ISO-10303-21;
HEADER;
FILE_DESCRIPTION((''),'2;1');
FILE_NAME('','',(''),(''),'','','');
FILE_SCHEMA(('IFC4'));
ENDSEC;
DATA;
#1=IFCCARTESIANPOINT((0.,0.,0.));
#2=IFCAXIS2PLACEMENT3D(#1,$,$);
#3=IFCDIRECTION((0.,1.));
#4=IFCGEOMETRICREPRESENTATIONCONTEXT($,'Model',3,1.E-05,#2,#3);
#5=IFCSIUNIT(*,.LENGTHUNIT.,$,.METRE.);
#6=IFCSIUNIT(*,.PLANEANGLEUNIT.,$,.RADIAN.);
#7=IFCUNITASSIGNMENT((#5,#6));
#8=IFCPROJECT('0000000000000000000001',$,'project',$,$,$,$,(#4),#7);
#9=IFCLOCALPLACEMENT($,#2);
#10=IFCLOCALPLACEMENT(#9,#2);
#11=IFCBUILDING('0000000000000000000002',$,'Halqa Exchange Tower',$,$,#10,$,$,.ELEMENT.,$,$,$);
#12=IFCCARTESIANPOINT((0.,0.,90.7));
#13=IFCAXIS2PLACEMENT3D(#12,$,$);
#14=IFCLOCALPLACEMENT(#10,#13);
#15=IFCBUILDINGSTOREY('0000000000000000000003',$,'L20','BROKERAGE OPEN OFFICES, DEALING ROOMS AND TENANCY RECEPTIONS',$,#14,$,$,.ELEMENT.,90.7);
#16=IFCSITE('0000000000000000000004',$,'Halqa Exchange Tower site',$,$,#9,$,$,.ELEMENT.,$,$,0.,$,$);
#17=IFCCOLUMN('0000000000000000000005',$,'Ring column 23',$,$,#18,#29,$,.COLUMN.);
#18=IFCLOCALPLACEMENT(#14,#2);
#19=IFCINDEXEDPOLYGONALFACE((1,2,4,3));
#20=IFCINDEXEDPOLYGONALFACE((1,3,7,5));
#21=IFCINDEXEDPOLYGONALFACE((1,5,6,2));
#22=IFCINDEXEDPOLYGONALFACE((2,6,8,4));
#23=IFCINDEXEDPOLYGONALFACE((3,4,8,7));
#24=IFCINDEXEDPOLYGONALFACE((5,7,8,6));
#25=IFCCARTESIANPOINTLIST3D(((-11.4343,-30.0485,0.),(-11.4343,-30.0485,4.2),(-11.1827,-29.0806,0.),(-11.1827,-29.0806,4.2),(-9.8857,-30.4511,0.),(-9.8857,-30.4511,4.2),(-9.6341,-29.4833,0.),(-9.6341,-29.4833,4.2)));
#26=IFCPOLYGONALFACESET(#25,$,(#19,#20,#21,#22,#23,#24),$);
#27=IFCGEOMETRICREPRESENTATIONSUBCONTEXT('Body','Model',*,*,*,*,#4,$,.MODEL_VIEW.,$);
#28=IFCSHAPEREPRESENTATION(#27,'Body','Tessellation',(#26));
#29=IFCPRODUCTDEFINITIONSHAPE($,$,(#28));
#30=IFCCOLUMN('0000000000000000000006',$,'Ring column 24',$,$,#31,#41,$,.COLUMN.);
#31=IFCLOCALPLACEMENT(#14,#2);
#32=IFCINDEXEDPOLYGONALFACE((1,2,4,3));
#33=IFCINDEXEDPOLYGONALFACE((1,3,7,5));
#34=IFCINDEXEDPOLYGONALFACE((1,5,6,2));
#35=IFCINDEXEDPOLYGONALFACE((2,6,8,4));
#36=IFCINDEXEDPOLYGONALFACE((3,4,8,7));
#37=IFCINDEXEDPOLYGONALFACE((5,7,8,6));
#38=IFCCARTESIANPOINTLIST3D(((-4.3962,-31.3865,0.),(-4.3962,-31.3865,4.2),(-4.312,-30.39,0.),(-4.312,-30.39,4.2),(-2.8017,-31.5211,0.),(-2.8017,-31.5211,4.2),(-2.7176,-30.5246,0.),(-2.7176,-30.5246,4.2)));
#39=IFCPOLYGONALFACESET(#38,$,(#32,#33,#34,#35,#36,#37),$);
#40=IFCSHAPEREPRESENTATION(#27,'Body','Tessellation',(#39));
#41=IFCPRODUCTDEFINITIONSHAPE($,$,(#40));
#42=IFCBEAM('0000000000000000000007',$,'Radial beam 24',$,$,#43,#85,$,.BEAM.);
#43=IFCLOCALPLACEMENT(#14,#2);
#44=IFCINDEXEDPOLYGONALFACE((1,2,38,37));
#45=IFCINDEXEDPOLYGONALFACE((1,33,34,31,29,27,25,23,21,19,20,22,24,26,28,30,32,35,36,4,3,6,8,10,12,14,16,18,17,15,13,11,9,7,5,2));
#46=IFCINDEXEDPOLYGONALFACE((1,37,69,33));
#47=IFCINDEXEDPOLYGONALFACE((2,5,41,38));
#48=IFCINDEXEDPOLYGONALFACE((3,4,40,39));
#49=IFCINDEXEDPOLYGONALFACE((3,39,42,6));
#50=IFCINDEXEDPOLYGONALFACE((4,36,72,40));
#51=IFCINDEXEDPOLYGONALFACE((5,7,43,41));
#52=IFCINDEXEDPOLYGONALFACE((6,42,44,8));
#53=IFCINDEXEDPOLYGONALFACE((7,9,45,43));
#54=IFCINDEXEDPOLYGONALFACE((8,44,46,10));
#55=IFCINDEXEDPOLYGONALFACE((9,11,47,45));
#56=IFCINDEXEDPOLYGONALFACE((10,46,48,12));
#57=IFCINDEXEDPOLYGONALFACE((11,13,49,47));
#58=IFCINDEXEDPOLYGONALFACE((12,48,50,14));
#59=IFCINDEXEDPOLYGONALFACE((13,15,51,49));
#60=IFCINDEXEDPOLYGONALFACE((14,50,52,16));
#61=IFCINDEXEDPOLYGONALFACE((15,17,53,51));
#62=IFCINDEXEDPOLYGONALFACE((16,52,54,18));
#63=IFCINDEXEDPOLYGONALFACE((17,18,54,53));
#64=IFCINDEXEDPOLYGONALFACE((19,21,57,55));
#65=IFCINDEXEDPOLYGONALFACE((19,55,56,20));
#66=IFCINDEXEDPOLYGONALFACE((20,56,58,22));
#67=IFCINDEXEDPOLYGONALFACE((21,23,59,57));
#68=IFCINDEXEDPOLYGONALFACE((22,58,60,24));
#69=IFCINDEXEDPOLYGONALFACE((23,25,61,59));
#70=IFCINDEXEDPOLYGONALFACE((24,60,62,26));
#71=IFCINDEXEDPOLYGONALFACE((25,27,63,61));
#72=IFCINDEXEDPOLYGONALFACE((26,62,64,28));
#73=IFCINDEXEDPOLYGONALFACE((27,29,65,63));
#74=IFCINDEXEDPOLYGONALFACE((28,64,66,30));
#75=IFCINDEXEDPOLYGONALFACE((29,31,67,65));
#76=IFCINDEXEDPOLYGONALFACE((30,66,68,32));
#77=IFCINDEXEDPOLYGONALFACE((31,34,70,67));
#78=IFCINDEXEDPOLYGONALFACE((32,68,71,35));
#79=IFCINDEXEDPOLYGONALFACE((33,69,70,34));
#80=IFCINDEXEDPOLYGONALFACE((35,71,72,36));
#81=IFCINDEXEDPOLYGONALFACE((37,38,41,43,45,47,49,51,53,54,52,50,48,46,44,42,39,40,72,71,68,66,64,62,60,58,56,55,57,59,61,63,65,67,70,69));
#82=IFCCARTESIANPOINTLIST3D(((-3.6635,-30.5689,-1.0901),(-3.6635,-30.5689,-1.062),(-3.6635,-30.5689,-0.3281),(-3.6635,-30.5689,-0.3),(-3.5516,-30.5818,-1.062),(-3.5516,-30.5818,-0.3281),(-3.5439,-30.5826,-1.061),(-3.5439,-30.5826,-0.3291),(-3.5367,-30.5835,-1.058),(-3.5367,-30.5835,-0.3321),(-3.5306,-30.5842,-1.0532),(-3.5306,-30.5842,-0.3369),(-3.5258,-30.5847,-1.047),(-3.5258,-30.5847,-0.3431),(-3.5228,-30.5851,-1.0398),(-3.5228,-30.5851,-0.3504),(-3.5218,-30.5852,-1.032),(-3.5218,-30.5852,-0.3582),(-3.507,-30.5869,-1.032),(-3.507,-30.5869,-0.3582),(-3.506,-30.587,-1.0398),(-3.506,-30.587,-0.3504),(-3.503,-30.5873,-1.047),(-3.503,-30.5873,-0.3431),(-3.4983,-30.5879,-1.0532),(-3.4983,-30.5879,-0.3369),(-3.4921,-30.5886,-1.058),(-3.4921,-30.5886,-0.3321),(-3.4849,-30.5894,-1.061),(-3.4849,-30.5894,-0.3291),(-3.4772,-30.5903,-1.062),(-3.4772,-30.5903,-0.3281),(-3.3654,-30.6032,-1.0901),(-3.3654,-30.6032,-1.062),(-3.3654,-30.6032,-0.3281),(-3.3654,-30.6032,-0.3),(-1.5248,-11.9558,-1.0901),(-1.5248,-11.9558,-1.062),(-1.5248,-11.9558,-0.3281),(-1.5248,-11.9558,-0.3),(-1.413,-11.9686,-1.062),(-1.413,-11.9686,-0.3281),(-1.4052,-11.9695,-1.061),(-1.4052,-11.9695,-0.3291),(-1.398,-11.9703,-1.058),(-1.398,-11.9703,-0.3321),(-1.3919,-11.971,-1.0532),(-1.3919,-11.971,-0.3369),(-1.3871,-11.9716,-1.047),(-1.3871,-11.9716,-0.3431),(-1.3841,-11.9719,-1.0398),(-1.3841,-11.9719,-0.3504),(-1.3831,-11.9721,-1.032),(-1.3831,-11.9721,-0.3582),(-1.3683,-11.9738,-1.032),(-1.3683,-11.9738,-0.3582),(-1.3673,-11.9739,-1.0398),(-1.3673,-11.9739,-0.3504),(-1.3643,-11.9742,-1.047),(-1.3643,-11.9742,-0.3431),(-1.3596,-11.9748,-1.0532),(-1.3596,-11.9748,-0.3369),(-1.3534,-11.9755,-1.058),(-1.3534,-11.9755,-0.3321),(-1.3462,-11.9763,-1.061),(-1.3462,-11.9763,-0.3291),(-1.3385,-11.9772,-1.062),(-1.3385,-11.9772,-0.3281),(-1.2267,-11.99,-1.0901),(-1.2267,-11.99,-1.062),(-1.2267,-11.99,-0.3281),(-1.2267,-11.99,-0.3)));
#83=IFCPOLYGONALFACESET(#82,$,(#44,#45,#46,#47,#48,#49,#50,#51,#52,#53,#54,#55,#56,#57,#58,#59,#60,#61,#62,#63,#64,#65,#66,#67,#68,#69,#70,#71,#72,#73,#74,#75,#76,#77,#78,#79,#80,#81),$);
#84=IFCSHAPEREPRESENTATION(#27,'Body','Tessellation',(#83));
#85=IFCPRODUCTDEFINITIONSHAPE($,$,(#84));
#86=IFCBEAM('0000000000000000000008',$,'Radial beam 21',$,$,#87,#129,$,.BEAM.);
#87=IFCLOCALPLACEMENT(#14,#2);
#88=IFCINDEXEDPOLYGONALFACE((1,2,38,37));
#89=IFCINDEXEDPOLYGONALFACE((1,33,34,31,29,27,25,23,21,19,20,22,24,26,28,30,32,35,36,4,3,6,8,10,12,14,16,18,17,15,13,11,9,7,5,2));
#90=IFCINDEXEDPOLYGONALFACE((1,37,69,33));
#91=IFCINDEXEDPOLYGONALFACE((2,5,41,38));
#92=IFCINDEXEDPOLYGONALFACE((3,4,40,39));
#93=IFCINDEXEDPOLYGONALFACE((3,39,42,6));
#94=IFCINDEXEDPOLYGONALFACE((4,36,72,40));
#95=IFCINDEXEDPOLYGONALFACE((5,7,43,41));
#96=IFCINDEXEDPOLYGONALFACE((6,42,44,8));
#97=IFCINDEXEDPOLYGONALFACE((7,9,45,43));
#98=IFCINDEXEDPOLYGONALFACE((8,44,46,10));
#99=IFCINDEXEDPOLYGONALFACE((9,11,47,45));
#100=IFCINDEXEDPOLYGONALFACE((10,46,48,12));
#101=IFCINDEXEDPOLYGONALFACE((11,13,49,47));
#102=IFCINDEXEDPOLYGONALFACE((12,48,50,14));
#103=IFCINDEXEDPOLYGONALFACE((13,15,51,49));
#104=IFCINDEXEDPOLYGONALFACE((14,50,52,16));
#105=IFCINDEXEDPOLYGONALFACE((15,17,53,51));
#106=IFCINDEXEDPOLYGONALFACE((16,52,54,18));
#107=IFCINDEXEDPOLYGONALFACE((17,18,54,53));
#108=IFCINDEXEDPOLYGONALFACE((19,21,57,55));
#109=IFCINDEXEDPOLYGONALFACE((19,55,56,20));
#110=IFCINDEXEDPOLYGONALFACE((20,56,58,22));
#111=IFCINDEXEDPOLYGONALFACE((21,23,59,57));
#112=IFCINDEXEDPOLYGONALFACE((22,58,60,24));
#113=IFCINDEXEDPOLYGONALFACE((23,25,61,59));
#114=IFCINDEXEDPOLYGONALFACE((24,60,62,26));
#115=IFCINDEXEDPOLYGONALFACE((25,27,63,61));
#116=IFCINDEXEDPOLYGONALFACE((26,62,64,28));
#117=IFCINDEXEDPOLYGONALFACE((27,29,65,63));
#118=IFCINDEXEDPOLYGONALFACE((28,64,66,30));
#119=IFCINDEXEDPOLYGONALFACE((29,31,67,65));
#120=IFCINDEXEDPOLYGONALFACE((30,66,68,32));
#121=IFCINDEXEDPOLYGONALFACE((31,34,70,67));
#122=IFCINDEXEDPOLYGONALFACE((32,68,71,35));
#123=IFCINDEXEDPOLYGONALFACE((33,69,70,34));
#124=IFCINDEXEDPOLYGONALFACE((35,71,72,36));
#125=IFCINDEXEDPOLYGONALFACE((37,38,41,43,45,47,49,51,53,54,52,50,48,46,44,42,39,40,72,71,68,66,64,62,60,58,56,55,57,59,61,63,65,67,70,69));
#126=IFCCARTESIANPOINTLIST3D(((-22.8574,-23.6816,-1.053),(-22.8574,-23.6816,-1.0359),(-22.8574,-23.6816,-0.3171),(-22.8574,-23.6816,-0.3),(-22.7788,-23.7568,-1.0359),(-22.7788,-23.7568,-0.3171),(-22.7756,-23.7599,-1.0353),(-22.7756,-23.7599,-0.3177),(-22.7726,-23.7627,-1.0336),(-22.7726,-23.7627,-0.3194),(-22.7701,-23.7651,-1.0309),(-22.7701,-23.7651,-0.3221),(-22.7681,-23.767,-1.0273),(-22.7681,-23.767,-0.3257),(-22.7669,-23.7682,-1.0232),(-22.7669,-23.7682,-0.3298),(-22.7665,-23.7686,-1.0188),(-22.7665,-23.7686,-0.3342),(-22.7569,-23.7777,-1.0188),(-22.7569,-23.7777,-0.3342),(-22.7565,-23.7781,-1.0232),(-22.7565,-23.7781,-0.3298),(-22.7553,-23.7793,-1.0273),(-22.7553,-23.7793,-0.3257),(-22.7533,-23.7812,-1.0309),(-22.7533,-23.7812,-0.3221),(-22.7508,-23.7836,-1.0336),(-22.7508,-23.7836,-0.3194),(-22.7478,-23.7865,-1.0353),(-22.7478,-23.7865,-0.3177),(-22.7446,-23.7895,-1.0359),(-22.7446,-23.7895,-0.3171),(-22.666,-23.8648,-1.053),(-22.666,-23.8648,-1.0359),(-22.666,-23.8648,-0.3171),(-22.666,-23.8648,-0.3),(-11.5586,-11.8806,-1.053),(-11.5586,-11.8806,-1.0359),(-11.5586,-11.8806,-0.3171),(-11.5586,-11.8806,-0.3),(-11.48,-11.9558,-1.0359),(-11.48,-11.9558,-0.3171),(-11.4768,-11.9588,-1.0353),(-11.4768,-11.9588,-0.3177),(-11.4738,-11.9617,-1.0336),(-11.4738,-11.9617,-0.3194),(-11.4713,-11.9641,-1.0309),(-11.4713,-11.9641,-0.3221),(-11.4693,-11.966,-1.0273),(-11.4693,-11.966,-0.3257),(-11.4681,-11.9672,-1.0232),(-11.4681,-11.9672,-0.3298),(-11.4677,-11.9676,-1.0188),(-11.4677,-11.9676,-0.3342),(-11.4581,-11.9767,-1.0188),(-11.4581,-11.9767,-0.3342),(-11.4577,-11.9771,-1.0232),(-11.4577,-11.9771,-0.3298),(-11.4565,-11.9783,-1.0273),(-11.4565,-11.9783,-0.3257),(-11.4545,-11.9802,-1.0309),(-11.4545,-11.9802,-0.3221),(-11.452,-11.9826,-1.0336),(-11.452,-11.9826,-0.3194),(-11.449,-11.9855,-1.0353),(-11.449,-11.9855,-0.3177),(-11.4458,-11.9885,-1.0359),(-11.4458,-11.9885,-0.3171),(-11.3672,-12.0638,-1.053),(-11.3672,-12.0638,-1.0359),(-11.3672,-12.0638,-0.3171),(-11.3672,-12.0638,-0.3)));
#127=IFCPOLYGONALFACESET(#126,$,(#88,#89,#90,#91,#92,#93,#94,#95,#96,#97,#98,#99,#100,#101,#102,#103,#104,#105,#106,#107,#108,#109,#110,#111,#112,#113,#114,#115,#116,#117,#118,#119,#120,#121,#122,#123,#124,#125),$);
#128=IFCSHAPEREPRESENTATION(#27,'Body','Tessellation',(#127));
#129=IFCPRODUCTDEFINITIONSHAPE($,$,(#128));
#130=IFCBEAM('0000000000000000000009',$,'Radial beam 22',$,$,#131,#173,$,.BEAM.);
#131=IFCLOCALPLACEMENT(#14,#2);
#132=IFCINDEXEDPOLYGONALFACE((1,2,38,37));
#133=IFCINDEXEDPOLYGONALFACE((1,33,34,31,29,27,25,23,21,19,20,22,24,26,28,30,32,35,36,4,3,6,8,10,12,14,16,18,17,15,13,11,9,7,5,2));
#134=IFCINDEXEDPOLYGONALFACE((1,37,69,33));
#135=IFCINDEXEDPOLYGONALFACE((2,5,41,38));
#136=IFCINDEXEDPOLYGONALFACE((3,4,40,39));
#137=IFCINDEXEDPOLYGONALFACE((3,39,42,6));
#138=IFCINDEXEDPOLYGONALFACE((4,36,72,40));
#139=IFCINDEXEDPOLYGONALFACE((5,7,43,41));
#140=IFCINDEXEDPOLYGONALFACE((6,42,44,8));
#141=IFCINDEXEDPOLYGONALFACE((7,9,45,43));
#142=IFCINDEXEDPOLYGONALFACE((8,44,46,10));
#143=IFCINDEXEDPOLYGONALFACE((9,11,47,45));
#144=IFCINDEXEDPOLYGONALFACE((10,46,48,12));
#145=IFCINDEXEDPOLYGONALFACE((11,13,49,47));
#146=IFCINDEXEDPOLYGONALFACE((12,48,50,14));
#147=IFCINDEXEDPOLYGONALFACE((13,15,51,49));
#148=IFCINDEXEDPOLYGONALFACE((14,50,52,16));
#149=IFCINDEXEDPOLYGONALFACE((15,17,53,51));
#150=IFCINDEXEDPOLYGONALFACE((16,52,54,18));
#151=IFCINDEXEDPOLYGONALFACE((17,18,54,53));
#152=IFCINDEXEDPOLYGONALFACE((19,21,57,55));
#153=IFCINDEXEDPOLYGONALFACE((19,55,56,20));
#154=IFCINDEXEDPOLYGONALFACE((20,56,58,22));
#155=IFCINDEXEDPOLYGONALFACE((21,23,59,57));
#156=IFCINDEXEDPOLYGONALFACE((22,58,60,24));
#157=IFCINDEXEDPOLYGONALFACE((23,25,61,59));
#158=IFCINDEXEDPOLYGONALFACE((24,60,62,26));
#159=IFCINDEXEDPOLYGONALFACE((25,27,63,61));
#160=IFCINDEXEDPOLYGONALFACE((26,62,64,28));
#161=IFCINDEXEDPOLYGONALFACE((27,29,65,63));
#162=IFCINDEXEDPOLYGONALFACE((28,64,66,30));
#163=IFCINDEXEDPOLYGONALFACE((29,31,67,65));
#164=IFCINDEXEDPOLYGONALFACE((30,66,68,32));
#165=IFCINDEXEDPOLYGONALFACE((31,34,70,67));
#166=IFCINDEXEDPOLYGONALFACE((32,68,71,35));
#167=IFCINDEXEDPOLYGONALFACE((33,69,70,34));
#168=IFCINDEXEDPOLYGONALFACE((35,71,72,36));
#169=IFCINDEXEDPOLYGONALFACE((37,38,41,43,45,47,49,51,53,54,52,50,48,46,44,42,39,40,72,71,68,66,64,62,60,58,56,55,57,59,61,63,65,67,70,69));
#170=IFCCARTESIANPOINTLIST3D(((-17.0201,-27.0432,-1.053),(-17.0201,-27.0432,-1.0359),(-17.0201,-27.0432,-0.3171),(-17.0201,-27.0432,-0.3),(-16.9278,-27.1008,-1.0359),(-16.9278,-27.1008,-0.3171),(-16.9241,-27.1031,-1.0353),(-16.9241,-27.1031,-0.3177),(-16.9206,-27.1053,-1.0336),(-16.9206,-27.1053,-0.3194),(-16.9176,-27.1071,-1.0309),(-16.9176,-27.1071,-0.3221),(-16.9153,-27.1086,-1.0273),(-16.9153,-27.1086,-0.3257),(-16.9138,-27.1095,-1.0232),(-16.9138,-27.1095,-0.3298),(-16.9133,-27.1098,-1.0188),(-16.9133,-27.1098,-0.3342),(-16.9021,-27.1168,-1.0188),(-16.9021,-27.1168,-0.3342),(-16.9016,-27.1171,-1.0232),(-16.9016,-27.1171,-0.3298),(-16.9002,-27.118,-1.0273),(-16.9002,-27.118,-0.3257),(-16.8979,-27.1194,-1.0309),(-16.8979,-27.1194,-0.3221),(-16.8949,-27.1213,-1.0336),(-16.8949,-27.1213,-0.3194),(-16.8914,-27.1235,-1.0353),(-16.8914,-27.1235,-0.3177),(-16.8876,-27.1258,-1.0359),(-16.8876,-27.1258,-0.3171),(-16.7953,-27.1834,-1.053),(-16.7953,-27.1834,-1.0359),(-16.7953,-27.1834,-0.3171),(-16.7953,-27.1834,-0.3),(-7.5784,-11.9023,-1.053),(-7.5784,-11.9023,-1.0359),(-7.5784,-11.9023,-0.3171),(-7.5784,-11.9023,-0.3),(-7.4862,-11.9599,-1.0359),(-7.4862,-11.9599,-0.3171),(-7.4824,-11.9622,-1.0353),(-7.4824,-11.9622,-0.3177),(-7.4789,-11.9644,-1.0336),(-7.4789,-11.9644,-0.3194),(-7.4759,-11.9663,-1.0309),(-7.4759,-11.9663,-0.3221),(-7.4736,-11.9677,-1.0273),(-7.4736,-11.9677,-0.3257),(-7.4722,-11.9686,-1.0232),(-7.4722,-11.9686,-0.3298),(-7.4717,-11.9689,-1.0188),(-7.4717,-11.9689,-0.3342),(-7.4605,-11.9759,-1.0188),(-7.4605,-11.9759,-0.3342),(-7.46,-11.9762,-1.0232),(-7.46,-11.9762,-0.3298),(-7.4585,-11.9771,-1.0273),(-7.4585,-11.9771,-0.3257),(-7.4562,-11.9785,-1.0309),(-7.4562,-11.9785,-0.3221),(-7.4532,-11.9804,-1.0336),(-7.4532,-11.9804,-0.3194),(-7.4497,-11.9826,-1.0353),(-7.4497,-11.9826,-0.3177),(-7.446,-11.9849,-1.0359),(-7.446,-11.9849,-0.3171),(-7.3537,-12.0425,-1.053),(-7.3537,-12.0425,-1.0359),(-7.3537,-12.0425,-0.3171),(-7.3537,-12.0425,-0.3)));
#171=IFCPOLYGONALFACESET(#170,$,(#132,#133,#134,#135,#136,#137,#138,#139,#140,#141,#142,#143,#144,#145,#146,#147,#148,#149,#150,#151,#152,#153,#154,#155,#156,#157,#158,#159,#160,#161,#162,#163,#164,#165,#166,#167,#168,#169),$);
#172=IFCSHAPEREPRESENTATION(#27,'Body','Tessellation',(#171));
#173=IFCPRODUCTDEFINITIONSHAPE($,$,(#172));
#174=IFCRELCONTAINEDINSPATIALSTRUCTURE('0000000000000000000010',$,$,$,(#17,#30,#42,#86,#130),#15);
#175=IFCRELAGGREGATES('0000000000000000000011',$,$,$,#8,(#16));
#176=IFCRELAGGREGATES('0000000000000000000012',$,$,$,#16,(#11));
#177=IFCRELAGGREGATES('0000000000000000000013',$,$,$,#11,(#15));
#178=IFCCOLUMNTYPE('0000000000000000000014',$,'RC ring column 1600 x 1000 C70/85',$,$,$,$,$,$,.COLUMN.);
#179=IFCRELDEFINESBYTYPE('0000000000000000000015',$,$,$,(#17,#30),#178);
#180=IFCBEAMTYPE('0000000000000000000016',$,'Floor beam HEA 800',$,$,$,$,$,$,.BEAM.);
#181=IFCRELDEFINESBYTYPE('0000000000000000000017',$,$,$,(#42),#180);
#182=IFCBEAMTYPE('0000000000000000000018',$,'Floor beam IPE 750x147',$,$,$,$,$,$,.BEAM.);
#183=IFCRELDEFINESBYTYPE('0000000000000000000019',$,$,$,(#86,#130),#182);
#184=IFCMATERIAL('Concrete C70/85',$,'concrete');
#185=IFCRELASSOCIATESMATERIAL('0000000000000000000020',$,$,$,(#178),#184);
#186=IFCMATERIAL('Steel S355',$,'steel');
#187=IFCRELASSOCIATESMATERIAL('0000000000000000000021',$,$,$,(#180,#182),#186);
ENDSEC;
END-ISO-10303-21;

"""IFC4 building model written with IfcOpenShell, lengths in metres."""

from ifc_helpers import new_model, si_unit, direction, frame, origin, origin_2d, place, context, subcontext, project, spatial, rectangle, i_section, extrude, material, material_profile, profile_set, type_object, element, save


model = new_model("IFC4")

# Units and contexts
model_context = context("Model", 3, precision=1e-05, world=origin(), true_north=direction((0.0, 1.0)))
body_context = subcontext(model_context, "Body", "Model", "MODEL_VIEW")
ifc_project = project(units=[si_unit("LENGTHUNIT", "METRE"), si_unit("PLANEANGLEUNIT", "RADIAN")], contexts=[model_context])

# Site, building, storey
site_placement = place(None, origin())
site = spatial("IfcSite", under=ifc_project, at=site_placement, Name="Halqa Exchange Tower site", CompositionType="ELEMENT", RefElevation=0.0)
building_placement = place(site_placement, origin())
building = spatial("IfcBuilding", under=site, at=building_placement, Name="Halqa Exchange Tower", CompositionType="ELEMENT")
storey_placement = place(building_placement, frame((0.0, 0.0, 90.7)))
storey = spatial("IfcBuildingStorey", under=building, at=storey_placement, Name="L20", Description="BROKERAGE OPEN OFFICES, DEALING ROOMS AND TENANCY RECEPTIONS", CompositionType="ELEMENT", Elevation=90.7)

# Columns
ifc_material_1 = material(Name="Concrete C70/85", Category="concrete")
ifc_material_profile_1 = material_profile(ifc_material_1, rectangle(XDim=1.6001, YDim=1.0, at=origin_2d()), Name="1600 x 1000")
ifc_profile_set_1 = profile_set([ifc_material_profile_1], Name="Concrete C70/85")
column_type = type_object("IfcColumnType", Name="RC ring column 1600 x 1000 C70/85", PredefinedType="COLUMN", material=ifc_profile_set_1)
for number, where, z_axis, x_axis, name in (
    (1, (-10.5342, -29.7659, 0.0), (0.0, 0.0, 1.0), (0.96782, -0.251644, 0.0), "Ring column 23"),
    (2, (-3.5569, -30.9556, 0.0), (0.0, 0.0, 1.0), (0.996456, -0.084121, 0.0), "Ring column 24"),
):
    element("IfcColumn", number, at=place(storey_placement, frame(where, z_axis=z_axis, x_axis=x_axis)), inside=storey, type_object=column_type, Name=name, PredefinedType="COLUMN", context=body_context, shape_type="SweptSolid", body=[
        extrude(rectangle(XDim=1.6001, YDim=1.0, at=origin_2d()), origin(), (0.0, 0.0, 1.0), 4.2),
    ])

# Beams
ifc_material_2 = material(Name="Steel S355", Category="steel")
ifc_material_profile_2 = material_profile(ifc_material_2, i_section(OverallWidth=0.3, OverallDepth=0.79, WebThickness=0.0149, FlangeThickness=0.0281, FilletRadius=0.03, at=origin_2d()), Name="HEA 800")
ifc_profile_set_2 = profile_set([ifc_material_profile_2], Name="Steel S355")
beam_type_1 = type_object("IfcBeamType", Name="Floor beam HEA 800", PredefinedType="BEAM", material=ifc_profile_set_2)
beam_1_placement = place(storey_placement, frame((-1.3757, -11.9729, -0.6951), z_axis=(-0.114151, -0.993463, 0.0), x_axis=(0.993463, -0.114151, 0.0)))
element("IfcBeam", 3, at=beam_1_placement, inside=storey, type_object=beam_type_1, Name="Radial beam 24", PredefinedType="BEAM", context=body_context, shape_type="SweptSolid", body=[
    extrude(i_section(OverallWidth=0.3, OverallDepth=0.79, WebThickness=0.0149, FlangeThickness=0.0281, FilletRadius=0.03, at=origin_2d()), origin(), (0.0, 0.0, 1.0), 18.7356),
])
ifc_material_profile_3 = material_profile(ifc_material_2, i_section(OverallWidth=0.2649, OverallDepth=0.7529, WebThickness=0.0132, FlangeThickness=0.0171, FilletRadius=0.0171, at=origin_2d()), Name="IPE 750x147")
ifc_profile_set_3 = profile_set([ifc_material_profile_3], Name="Steel S355")
beam_type_2 = type_object("IfcBeamType", Name="Floor beam IPE 750x147", PredefinedType="BEAM", material=ifc_profile_set_3)
beam_2_placement = place(storey_placement, frame((-11.4629, -11.9722, -0.6765), z_axis=(-0.691571, -0.722309, 0.0), x_axis=(0.722309, -0.691571, 0.0)))
element("IfcBeam", 4, at=beam_2_placement, inside=storey, type_object=beam_type_2, Name="Radial beam 21", PredefinedType="BEAM", context=body_context, shape_type="SweptSolid", body=[
    extrude(i_section(OverallWidth=0.2649, OverallDepth=0.7529, WebThickness=0.0132, FlangeThickness=0.0171, FilletRadius=0.0171, at=origin_2d()), origin(), (0.0, 0.0, 1.0), 16.3379),
])
beam_3_placement = place(storey_placement, frame((-7.4661, -11.9724, -0.6765), z_axis=(-0.529137, -0.848537, 0.0), x_axis=(0.848537, -0.529137, 0.0)))
element("IfcBeam", 5, at=beam_3_placement, inside=storey, type_object=beam_type_2, Name="Radial beam 22", PredefinedType="BEAM", context=body_context, shape_type="SweptSolid", body=[
    extrude(i_section(OverallWidth=0.2649, OverallDepth=0.7529, WebThickness=0.0132, FlangeThickness=0.0171, FilletRadius=0.0171, at=origin_2d()), origin(), (0.0, 0.0, 1.0), 17.8435),
])

save(model, "model.ifc")
